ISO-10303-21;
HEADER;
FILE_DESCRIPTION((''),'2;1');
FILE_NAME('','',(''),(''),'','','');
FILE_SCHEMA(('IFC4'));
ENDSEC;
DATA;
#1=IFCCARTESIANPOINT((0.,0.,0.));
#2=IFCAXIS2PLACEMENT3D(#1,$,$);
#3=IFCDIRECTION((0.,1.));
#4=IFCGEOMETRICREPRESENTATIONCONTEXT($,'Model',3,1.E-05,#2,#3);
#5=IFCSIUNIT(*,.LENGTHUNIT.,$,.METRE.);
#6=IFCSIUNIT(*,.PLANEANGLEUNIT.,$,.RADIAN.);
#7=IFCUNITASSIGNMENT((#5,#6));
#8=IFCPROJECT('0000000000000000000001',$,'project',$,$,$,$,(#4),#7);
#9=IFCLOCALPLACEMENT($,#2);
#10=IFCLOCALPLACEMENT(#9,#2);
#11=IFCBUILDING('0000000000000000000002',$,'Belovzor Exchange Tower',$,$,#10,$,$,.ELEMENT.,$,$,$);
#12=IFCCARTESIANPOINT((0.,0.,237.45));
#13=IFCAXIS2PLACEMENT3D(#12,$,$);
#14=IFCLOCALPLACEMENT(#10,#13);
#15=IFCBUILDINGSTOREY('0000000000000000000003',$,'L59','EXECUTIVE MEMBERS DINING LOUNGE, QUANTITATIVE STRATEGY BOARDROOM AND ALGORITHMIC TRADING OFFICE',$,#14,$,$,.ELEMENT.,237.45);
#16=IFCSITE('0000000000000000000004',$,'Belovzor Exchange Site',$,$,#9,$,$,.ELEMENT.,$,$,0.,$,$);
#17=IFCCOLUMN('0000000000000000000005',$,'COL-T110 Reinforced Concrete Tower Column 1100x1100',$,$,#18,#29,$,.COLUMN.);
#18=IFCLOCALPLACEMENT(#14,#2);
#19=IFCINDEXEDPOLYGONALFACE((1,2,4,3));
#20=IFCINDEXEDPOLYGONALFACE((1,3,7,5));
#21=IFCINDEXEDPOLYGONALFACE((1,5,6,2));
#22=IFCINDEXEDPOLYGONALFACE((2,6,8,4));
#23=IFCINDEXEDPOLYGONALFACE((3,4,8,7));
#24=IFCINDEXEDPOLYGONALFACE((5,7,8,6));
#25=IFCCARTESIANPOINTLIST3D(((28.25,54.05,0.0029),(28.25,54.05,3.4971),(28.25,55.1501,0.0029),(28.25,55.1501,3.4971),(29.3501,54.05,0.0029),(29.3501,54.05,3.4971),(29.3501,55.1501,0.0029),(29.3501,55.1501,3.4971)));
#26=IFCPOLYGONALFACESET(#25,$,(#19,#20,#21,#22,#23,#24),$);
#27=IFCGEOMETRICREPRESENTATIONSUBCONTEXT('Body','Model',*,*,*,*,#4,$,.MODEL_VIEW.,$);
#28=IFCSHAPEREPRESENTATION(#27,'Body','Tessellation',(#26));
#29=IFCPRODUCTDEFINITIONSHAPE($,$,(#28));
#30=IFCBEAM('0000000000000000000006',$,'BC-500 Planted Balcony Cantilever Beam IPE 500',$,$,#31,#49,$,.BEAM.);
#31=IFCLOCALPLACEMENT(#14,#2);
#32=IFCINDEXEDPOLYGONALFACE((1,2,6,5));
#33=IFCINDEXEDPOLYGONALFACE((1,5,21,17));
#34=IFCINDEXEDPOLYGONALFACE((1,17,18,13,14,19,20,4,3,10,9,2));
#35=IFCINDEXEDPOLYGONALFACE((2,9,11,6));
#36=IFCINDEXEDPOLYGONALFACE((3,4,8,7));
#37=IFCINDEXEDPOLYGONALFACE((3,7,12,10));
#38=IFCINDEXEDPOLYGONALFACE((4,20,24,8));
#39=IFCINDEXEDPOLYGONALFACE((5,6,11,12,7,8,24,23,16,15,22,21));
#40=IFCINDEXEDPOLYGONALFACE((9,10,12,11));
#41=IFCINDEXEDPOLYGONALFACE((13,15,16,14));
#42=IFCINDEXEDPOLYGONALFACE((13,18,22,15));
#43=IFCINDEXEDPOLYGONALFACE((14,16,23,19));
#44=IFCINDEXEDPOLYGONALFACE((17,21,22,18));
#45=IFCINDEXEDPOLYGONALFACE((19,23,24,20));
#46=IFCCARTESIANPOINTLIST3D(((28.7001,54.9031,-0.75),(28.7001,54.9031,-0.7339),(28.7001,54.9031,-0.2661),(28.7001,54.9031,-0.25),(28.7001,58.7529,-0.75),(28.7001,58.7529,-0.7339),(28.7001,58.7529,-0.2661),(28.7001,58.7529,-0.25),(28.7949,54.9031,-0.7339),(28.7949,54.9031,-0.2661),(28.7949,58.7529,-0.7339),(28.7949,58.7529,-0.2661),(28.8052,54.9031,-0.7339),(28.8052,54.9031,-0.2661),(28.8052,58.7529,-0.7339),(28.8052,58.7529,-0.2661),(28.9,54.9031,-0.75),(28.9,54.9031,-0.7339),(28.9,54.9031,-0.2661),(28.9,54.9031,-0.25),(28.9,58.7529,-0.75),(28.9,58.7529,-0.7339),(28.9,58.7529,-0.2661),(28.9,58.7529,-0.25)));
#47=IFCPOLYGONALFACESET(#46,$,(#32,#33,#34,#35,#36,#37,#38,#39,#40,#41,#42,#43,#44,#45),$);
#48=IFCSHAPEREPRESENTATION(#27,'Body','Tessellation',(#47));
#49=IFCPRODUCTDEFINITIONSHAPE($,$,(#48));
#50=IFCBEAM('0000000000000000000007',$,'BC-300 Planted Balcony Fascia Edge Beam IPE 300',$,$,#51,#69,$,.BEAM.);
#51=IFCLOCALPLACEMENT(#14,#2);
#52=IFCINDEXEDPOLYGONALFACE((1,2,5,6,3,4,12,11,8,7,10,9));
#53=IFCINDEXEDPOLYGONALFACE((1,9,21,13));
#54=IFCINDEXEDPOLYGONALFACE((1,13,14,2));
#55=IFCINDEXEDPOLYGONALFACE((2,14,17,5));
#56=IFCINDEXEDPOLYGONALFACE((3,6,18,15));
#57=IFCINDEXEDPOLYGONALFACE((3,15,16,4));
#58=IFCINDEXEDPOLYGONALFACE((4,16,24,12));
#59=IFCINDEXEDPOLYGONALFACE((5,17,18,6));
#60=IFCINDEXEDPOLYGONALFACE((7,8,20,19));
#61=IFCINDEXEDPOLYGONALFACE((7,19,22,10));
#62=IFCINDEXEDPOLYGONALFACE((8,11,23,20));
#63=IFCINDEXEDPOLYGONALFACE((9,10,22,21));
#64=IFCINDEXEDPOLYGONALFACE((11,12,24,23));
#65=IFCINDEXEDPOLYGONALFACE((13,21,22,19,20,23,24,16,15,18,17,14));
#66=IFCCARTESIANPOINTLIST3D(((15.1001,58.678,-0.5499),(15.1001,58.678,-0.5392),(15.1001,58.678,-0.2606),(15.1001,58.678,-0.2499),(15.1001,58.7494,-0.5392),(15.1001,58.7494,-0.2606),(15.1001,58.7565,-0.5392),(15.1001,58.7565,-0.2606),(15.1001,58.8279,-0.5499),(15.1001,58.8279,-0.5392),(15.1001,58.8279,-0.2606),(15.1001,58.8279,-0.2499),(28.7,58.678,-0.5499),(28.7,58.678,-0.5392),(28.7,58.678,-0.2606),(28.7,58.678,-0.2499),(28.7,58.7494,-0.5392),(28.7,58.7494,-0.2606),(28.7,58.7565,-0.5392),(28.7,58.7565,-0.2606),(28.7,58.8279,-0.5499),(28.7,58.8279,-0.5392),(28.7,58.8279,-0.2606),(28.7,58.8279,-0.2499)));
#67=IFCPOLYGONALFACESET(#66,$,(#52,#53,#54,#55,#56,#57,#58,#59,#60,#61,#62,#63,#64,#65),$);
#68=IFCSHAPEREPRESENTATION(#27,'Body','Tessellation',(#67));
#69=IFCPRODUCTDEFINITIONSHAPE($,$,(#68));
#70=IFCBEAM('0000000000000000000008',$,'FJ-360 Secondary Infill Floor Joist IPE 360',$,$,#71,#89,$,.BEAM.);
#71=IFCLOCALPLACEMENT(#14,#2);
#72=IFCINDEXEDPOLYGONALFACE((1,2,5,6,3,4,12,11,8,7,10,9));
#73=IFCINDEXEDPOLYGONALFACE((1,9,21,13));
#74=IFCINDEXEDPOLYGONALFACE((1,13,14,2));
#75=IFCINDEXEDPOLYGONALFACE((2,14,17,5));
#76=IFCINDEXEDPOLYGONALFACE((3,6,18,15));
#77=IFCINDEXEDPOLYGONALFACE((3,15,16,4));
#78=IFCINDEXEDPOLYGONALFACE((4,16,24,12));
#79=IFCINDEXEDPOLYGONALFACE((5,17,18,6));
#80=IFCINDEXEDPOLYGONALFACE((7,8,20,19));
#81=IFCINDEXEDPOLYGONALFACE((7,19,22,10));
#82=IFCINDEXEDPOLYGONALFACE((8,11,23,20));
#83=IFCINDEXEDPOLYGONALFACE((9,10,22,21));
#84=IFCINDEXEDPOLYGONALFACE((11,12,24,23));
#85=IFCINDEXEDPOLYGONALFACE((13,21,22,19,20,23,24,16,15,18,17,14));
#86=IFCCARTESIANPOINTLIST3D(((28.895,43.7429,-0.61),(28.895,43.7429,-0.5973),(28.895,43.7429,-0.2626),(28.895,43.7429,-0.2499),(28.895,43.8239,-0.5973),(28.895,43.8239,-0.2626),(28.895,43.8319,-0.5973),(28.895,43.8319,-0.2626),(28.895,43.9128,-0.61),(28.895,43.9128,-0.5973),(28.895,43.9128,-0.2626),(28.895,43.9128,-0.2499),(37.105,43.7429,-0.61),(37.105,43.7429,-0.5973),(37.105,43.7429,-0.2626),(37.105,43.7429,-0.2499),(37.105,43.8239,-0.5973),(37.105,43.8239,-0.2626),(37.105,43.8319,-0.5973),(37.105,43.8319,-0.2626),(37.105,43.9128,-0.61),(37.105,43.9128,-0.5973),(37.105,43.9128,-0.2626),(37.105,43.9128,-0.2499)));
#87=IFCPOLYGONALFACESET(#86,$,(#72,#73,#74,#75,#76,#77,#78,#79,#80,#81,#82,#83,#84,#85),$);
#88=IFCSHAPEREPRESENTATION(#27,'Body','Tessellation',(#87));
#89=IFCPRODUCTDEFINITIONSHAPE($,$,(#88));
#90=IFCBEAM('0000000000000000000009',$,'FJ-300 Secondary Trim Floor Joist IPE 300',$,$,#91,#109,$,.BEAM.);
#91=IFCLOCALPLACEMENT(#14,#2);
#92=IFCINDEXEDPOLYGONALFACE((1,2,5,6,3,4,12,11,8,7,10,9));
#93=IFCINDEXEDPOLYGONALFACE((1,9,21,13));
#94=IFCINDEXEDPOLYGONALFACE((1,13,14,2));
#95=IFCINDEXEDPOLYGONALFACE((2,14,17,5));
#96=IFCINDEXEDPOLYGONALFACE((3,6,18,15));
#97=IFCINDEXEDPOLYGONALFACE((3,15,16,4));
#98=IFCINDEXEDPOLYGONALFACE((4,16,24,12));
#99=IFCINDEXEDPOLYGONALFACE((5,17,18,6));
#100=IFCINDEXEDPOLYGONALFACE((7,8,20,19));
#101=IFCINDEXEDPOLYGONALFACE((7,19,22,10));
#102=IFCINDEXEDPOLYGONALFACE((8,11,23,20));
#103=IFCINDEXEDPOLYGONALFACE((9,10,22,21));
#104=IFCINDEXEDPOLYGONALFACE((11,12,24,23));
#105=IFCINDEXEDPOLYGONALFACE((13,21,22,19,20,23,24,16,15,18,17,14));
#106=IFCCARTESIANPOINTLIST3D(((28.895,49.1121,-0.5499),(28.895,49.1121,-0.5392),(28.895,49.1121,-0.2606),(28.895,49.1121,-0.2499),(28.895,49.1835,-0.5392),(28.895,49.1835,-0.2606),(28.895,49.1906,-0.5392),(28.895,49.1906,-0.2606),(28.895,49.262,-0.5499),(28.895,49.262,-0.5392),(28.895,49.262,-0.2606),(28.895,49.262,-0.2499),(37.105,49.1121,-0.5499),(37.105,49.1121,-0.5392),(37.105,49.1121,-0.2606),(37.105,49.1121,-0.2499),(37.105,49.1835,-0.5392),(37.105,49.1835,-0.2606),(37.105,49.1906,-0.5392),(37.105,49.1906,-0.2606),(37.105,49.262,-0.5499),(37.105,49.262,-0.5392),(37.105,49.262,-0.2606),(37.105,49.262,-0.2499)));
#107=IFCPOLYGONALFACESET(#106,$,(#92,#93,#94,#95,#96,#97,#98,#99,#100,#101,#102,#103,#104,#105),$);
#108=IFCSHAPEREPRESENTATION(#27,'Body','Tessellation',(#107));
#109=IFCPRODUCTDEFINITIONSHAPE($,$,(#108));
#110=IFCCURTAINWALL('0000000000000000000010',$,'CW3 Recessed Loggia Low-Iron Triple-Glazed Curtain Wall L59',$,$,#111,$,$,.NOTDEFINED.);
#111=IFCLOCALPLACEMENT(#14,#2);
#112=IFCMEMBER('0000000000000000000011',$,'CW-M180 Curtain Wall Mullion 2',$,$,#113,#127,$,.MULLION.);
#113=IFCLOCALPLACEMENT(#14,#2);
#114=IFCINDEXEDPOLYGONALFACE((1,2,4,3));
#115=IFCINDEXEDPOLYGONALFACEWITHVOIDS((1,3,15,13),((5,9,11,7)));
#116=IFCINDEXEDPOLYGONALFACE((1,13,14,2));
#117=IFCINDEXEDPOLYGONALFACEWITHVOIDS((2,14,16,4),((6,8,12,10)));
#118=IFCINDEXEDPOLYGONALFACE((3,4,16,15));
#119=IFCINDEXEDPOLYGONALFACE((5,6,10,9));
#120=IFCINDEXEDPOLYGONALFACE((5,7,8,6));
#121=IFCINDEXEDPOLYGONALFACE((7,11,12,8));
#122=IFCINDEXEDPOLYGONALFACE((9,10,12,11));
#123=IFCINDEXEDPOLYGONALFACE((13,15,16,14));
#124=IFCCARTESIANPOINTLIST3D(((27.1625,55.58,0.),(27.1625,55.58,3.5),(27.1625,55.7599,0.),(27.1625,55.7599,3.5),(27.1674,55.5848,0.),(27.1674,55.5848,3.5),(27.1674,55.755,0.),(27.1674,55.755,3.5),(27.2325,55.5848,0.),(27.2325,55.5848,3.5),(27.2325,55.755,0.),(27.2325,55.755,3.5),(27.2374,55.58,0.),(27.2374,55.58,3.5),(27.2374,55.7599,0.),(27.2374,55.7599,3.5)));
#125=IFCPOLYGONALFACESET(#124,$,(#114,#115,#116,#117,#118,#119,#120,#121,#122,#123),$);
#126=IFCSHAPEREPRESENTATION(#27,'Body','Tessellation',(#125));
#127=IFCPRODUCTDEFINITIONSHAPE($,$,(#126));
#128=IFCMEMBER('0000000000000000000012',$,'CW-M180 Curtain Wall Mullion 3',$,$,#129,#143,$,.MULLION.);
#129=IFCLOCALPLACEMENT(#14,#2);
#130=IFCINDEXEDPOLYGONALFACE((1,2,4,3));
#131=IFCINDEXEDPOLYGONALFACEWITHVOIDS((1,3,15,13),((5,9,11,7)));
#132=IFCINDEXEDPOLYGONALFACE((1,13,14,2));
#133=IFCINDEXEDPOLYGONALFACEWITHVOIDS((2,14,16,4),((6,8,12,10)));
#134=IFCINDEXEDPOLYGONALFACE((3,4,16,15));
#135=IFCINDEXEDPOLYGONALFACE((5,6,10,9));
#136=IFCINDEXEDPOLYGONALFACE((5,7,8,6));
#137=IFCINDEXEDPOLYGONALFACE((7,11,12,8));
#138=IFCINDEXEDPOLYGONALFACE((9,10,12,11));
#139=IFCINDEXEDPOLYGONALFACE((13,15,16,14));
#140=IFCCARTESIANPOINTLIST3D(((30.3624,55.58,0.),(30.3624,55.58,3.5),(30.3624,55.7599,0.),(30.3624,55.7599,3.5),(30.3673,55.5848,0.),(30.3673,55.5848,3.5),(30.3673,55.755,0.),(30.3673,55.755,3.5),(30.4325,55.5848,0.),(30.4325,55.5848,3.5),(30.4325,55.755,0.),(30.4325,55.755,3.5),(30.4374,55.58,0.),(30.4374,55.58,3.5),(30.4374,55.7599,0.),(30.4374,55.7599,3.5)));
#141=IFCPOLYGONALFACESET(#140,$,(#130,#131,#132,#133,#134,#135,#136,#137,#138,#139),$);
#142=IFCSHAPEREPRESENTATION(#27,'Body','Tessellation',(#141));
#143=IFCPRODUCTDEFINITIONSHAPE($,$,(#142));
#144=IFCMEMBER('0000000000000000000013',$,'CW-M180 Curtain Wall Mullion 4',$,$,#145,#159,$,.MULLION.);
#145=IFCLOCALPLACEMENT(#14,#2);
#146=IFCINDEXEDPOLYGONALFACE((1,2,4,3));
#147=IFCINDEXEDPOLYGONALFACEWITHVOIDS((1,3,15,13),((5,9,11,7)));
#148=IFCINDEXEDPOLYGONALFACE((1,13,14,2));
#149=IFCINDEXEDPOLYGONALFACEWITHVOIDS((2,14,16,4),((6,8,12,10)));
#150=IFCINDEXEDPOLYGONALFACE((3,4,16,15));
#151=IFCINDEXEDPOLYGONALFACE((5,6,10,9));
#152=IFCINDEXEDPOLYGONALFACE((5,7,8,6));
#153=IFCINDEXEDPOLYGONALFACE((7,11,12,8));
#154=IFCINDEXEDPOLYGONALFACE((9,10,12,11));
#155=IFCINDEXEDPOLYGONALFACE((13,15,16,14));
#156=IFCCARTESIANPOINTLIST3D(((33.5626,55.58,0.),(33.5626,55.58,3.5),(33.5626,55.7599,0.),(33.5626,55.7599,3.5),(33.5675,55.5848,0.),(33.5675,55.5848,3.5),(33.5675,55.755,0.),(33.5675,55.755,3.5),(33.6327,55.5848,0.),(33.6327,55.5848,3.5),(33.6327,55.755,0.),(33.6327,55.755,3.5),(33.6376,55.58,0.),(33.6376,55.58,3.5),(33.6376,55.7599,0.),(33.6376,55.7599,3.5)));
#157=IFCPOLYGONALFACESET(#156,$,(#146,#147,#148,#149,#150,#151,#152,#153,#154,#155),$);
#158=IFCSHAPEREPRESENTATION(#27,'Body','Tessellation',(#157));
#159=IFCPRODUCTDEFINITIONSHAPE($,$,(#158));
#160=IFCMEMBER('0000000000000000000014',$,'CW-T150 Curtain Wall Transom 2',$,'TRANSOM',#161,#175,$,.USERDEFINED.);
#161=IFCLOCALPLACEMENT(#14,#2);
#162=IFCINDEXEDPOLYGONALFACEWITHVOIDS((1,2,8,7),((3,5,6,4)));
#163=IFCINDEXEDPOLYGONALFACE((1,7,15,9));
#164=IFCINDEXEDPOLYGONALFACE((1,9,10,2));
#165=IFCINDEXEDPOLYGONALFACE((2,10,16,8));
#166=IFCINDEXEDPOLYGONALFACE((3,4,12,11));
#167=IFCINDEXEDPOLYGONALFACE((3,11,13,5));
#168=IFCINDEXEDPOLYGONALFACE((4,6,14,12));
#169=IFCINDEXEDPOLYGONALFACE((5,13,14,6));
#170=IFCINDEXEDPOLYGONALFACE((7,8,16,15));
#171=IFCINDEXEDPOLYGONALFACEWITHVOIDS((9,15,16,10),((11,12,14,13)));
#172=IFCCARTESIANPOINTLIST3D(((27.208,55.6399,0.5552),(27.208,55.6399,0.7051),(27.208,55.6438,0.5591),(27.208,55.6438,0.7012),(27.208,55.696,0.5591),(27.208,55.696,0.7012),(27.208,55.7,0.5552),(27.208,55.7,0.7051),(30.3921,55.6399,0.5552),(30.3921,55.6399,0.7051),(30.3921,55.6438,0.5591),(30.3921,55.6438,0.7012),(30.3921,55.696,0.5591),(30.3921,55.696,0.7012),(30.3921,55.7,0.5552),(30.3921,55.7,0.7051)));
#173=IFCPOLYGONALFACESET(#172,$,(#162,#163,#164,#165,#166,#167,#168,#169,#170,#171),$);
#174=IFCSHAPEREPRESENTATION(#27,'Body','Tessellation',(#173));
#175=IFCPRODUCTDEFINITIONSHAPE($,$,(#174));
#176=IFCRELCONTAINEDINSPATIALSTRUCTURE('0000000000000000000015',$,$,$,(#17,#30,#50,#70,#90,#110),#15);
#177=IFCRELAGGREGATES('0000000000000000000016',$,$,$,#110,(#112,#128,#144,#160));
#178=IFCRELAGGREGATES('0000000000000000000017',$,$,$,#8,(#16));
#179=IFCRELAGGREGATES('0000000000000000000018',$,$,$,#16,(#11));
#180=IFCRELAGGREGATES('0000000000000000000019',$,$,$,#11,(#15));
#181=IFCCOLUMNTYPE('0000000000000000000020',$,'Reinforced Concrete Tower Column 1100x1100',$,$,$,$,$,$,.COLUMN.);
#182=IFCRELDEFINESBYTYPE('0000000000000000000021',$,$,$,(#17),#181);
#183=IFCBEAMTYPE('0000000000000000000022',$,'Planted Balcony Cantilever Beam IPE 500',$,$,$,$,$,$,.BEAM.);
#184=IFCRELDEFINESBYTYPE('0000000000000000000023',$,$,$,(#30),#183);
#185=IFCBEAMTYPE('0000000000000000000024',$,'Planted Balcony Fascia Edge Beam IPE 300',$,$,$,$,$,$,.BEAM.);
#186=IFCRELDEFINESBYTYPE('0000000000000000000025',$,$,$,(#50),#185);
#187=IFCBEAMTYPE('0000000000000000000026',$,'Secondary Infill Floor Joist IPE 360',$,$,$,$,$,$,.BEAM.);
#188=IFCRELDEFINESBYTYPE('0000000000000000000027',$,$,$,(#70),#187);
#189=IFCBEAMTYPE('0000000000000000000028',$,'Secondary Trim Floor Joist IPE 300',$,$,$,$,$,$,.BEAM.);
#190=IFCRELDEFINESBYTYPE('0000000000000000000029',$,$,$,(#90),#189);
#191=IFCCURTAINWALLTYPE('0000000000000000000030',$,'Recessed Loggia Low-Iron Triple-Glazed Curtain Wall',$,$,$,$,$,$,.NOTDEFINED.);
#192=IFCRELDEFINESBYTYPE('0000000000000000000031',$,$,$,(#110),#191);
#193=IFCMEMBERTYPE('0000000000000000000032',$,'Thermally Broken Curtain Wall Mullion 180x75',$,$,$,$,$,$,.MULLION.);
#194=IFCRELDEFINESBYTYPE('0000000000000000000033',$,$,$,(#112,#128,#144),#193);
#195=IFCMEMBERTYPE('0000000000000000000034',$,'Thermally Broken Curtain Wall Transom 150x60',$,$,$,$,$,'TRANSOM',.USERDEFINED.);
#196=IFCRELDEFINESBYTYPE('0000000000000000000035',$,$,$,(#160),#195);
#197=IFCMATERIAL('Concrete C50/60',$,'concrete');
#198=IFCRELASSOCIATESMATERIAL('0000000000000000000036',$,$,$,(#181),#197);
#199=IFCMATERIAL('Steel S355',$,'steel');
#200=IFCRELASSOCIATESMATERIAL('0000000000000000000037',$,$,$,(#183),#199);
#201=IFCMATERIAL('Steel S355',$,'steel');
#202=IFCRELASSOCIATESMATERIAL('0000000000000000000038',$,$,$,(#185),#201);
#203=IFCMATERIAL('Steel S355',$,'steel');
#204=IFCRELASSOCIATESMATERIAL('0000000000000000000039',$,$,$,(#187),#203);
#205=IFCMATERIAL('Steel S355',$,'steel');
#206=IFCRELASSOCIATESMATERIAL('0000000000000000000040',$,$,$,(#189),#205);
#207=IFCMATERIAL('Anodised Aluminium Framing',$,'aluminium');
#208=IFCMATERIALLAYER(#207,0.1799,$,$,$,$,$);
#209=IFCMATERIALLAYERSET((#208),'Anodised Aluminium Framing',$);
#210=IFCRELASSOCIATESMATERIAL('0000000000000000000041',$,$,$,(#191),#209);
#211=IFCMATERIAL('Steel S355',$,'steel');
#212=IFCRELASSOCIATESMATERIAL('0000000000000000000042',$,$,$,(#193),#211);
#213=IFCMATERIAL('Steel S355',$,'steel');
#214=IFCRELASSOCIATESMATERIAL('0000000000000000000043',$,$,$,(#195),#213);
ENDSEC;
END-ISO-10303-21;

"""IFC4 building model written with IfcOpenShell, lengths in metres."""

from ifc_helpers import new_model, si_unit, direction, frame, origin, origin_2d, place, context, subcontext, project, spatial, rectangle, hollow_rectangle, i_section, extrude, material, layer, layer_set, material_profile, profile_set, type_object, element, aggregate, save


model = new_model("IFC4")

# Units and contexts
model_context = context("Model", 3, precision=1e-05, world=origin(), true_north=direction((0.0, 1.0)))
body_context = subcontext(model_context, "Body", "Model", "MODEL_VIEW")
ifc_project = project(units=[si_unit("LENGTHUNIT", "METRE"), si_unit("PLANEANGLEUNIT", "RADIAN")], contexts=[model_context])

# Site, building, storey
site_placement = place(None, origin())
site = spatial("IfcSite", under=ifc_project, at=site_placement, Name="Belovzor Exchange Site", CompositionType="ELEMENT", RefElevation=0.0)
building_placement = place(site_placement, origin())
building = spatial("IfcBuilding", under=site, at=building_placement, Name="Belovzor Exchange Tower", CompositionType="ELEMENT")
storey_placement = place(building_placement, frame((0.0, 0.0, 237.45)))
storey = spatial("IfcBuildingStorey", under=building, at=storey_placement, Name="L59", Description="EXECUTIVE MEMBERS DINING LOUNGE, QUANTITATIVE STRATEGY BOARDROOM AND ALGORITHMIC TRADING OFFICE", CompositionType="ELEMENT", Elevation=237.45)

# Column
ifc_material_1 = material(Name="Concrete C50/60", Category="concrete")
ifc_material_profile_1 = material_profile(ifc_material_1, rectangle(XDim=1.1001, YDim=1.1001, at=origin_2d()))
ifc_profile_set_1 = profile_set([ifc_material_profile_1], Name="Concrete C50/60")
column_type = type_object("IfcColumnType", Name="Reinforced Concrete Tower Column 1100x1100", PredefinedType="COLUMN", material=ifc_profile_set_1)
column_placement = place(storey_placement, frame((28.8, 54.6001, 0.0029), z_axis=(0.0, 0.0, 1.0), x_axis=(1.0, 0.0, 0.0)))
element("IfcColumn", 1, at=column_placement, inside=storey, type_object=column_type, Name="COL-T110 Reinforced Concrete Tower Column 1100x1100", PredefinedType="COLUMN", context=body_context, shape_type="SweptSolid", body=[
    extrude(rectangle(XDim=1.1001, YDim=1.1001, at=origin_2d()), origin(), (0.0, 0.0, 1.0), 3.4941),
])

# Beams
ifc_material_2 = material(Name="Steel S355", Category="steel")
ifc_material_profile_2 = material_profile(ifc_material_2, i_section(OverallWidth=0.2, OverallDepth=0.5, WebThickness=0.0103, FlangeThickness=0.0161, at=origin_2d()))
ifc_profile_set_2 = profile_set([ifc_material_profile_2], Name="Steel S355")
beam_type_1 = type_object("IfcBeamType", Name="Planted Balcony Cantilever Beam IPE 500", PredefinedType="BEAM", material=ifc_profile_set_2)
beam_1_placement = place(storey_placement, frame((28.8, 54.9031, -0.5), z_axis=(0.0, 1.0, 0.0), x_axis=(-1.0, 0.0, 0.0)))
element("IfcBeam", 2, at=beam_1_placement, inside=storey, type_object=beam_type_1, Name="BC-500 Planted Balcony Cantilever Beam IPE 500", PredefinedType="BEAM", context=body_context, shape_type="SweptSolid", body=[
    extrude(i_section(OverallWidth=0.2, OverallDepth=0.5, WebThickness=0.0103, FlangeThickness=0.0161, at=origin_2d()), origin(), (0.0, 0.0, 1.0), 3.8499),
])
ifc_material_3 = material(Name="Steel S355", Category="steel")
ifc_material_profile_3 = material_profile(ifc_material_3, i_section(OverallWidth=0.1499, OverallDepth=0.3, WebThickness=0.0071, FlangeThickness=0.0107, at=origin_2d()))
ifc_profile_set_3 = profile_set([ifc_material_profile_3], Name="Steel S355")
beam_type_2 = type_object("IfcBeamType", Name="Planted Balcony Fascia Edge Beam IPE 300", PredefinedType="BEAM", material=ifc_profile_set_3)
beam_2_placement = place(storey_placement, frame((28.7, 58.7529, -0.3999), z_axis=(-1.0, 0.0, 0.0), x_axis=(0.0, -1.0, 0.0)))
element("IfcBeam", 3, at=beam_2_placement, inside=storey, type_object=beam_type_2, Name="BC-300 Planted Balcony Fascia Edge Beam IPE 300", PredefinedType="BEAM", context=body_context, shape_type="SweptSolid", body=[
    extrude(i_section(OverallWidth=0.1499, OverallDepth=0.3, WebThickness=0.0071, FlangeThickness=0.0107, at=origin_2d()), origin(), (0.0, 0.0, 1.0), 13.5999),
])
ifc_material_4 = material(Name="Steel S355", Category="steel")
ifc_material_profile_4 = material_profile(ifc_material_4, i_section(OverallWidth=0.1699, OverallDepth=0.3601, WebThickness=0.0081, FlangeThickness=0.0127, at=origin_2d()))
ifc_profile_set_4 = profile_set([ifc_material_profile_4], Name="Steel S355")
beam_type_3 = type_object("IfcBeamType", Name="Secondary Infill Floor Joist IPE 360", PredefinedType="BEAM", material=ifc_profile_set_4)
beam_3_placement = place(storey_placement, frame((28.895, 43.8279, -0.4299), z_axis=(1.0, 0.0, 0.0), x_axis=(0.0, 1.0, 0.0)))
element("IfcBeam", 4, at=beam_3_placement, inside=storey, type_object=beam_type_3, Name="FJ-360 Secondary Infill Floor Joist IPE 360", PredefinedType="BEAM", context=body_context, shape_type="SweptSolid", body=[
    extrude(i_section(OverallWidth=0.1699, OverallDepth=0.3601, WebThickness=0.0081, FlangeThickness=0.0127, at=origin_2d()), origin(), (0.0, 0.0, 1.0), 8.21),
])
ifc_material_5 = material(Name="Steel S355", Category="steel")
ifc_material_profile_5 = material_profile(ifc_material_5, i_section(OverallWidth=0.1499, OverallDepth=0.3, WebThickness=0.0071, FlangeThickness=0.0107, at=origin_2d()))
ifc_profile_set_5 = profile_set([ifc_material_profile_5], Name="Steel S355")
beam_type_4 = type_object("IfcBeamType", Name="Secondary Trim Floor Joist IPE 300", PredefinedType="BEAM", material=ifc_profile_set_5)
beam_4_placement = place(storey_placement, frame((28.895, 49.187, -0.3999), z_axis=(1.0, 0.0, 0.0), x_axis=(0.0, 1.0, 0.0)))
element("IfcBeam", 5, at=beam_4_placement, inside=storey, type_object=beam_type_4, Name="FJ-300 Secondary Trim Floor Joist IPE 300", PredefinedType="BEAM", context=body_context, shape_type="SweptSolid", body=[
    extrude(i_section(OverallWidth=0.1499, OverallDepth=0.3, WebThickness=0.0071, FlangeThickness=0.0107, at=origin_2d()), origin(), (0.0, 0.0, 1.0), 8.21),
])

# Curtain wall, members
ifc_material_6 = material(Name="Anodised Aluminium Framing", Category="aluminium")
ifc_layer_1 = layer(ifc_material_6, 0.1799)
ifc_layer_set_1 = layer_set([ifc_layer_1], Name="Anodised Aluminium Framing")
curtain_wall_type = type_object("IfcCurtainWallType", Name="Recessed Loggia Low-Iron Triple-Glazed Curtain Wall", PredefinedType="NOTDEFINED", material=ifc_layer_set_1)
curtain_wall_placement = place(storey_placement, origin())
curtain_wall = element("IfcCurtainWall", 6, at=curtain_wall_placement, inside=storey, type_object=curtain_wall_type, Name="CW3 Recessed Loggia Low-Iron Triple-Glazed Curtain Wall L59", PredefinedType="NOTDEFINED")
ifc_material_7 = material(Name="Steel S355", Category="steel")
ifc_material_profile_6 = material_profile(ifc_material_7, hollow_rectangle(XDim=0.075, YDim=0.1799, WallThickness=0.0049, at=origin_2d()))
ifc_profile_set_6 = profile_set([ifc_material_profile_6], Name="Steel S355")
member_type_1 = type_object("IfcMemberType", Name="Thermally Broken Curtain Wall Mullion 180x75", PredefinedType="MULLION", material=ifc_profile_set_6)
member_1_placement = place(storey_placement, frame((27.2, 55.6699, 0.0), z_axis=(0.0, 0.0, 1.0), x_axis=(1.0, 0.0, 0.0)))
member_1 = element("IfcMember", 7, at=member_1_placement, type_object=member_type_1, Name="CW-M180 Curtain Wall Mullion 2", PredefinedType="MULLION", context=body_context, shape_type="SweptSolid", body=[
    extrude(hollow_rectangle(XDim=0.075, YDim=0.1799, WallThickness=0.0049, at=origin_2d()), origin(), (0.0, 0.0, 1.0), 3.5),
])
member_2_placement = place(storey_placement, frame((30.3999, 55.6699, 0.0), z_axis=(0.0, 0.0, 1.0), x_axis=(1.0, 0.0, 0.0)))
member_2 = element("IfcMember", 8, at=member_2_placement, type_object=member_type_1, Name="CW-M180 Curtain Wall Mullion 3", PredefinedType="MULLION", context=body_context, shape_type="SweptSolid", body=[
    extrude(hollow_rectangle(XDim=0.075, YDim=0.1799, WallThickness=0.0049, at=origin_2d()), origin(), (0.0, 0.0, 1.0), 3.5),
])
member_3_placement = place(storey_placement, frame((33.6001, 55.6699, 0.0), z_axis=(0.0, 0.0, 1.0), x_axis=(1.0, 0.0, 0.0)))
member_3 = element("IfcMember", 9, at=member_3_placement, type_object=member_type_1, Name="CW-M180 Curtain Wall Mullion 4", PredefinedType="MULLION", context=body_context, shape_type="SweptSolid", body=[
    extrude(hollow_rectangle(XDim=0.075, YDim=0.1799, WallThickness=0.0049, at=origin_2d()), origin(), (0.0, 0.0, 1.0), 3.5),
])
ifc_material_8 = material(Name="Steel S355", Category="steel")
ifc_material_profile_7 = material_profile(ifc_material_8, hollow_rectangle(XDim=0.0601, YDim=0.1499, WallThickness=0.0039, at=origin_2d()))
ifc_profile_set_7 = profile_set([ifc_material_profile_7], Name="Steel S355")
member_type_2 = type_object("IfcMemberType", Name="Thermally Broken Curtain Wall Transom 150x60", ElementType="TRANSOM", PredefinedType="USERDEFINED", material=ifc_profile_set_7)
member_4_placement = place(storey_placement, frame((27.208, 55.6699, 0.6301), z_axis=(1.0, 0.0, 0.0), x_axis=(0.0, 1.0, 0.0)))
member_4 = element("IfcMember", 10, at=member_4_placement, type_object=member_type_2, Name="CW-T150 Curtain Wall Transom 2", ObjectType="TRANSOM", PredefinedType="USERDEFINED", context=body_context, shape_type="SweptSolid", body=[
    extrude(hollow_rectangle(XDim=0.0601, YDim=0.1499, WallThickness=0.0039, at=origin_2d()), origin(), (0.0, 0.0, 1.0), 3.1841),
])

aggregate(curtain_wall, [member_1, member_2, member_3, member_4])

save(model, "model.ifc")
